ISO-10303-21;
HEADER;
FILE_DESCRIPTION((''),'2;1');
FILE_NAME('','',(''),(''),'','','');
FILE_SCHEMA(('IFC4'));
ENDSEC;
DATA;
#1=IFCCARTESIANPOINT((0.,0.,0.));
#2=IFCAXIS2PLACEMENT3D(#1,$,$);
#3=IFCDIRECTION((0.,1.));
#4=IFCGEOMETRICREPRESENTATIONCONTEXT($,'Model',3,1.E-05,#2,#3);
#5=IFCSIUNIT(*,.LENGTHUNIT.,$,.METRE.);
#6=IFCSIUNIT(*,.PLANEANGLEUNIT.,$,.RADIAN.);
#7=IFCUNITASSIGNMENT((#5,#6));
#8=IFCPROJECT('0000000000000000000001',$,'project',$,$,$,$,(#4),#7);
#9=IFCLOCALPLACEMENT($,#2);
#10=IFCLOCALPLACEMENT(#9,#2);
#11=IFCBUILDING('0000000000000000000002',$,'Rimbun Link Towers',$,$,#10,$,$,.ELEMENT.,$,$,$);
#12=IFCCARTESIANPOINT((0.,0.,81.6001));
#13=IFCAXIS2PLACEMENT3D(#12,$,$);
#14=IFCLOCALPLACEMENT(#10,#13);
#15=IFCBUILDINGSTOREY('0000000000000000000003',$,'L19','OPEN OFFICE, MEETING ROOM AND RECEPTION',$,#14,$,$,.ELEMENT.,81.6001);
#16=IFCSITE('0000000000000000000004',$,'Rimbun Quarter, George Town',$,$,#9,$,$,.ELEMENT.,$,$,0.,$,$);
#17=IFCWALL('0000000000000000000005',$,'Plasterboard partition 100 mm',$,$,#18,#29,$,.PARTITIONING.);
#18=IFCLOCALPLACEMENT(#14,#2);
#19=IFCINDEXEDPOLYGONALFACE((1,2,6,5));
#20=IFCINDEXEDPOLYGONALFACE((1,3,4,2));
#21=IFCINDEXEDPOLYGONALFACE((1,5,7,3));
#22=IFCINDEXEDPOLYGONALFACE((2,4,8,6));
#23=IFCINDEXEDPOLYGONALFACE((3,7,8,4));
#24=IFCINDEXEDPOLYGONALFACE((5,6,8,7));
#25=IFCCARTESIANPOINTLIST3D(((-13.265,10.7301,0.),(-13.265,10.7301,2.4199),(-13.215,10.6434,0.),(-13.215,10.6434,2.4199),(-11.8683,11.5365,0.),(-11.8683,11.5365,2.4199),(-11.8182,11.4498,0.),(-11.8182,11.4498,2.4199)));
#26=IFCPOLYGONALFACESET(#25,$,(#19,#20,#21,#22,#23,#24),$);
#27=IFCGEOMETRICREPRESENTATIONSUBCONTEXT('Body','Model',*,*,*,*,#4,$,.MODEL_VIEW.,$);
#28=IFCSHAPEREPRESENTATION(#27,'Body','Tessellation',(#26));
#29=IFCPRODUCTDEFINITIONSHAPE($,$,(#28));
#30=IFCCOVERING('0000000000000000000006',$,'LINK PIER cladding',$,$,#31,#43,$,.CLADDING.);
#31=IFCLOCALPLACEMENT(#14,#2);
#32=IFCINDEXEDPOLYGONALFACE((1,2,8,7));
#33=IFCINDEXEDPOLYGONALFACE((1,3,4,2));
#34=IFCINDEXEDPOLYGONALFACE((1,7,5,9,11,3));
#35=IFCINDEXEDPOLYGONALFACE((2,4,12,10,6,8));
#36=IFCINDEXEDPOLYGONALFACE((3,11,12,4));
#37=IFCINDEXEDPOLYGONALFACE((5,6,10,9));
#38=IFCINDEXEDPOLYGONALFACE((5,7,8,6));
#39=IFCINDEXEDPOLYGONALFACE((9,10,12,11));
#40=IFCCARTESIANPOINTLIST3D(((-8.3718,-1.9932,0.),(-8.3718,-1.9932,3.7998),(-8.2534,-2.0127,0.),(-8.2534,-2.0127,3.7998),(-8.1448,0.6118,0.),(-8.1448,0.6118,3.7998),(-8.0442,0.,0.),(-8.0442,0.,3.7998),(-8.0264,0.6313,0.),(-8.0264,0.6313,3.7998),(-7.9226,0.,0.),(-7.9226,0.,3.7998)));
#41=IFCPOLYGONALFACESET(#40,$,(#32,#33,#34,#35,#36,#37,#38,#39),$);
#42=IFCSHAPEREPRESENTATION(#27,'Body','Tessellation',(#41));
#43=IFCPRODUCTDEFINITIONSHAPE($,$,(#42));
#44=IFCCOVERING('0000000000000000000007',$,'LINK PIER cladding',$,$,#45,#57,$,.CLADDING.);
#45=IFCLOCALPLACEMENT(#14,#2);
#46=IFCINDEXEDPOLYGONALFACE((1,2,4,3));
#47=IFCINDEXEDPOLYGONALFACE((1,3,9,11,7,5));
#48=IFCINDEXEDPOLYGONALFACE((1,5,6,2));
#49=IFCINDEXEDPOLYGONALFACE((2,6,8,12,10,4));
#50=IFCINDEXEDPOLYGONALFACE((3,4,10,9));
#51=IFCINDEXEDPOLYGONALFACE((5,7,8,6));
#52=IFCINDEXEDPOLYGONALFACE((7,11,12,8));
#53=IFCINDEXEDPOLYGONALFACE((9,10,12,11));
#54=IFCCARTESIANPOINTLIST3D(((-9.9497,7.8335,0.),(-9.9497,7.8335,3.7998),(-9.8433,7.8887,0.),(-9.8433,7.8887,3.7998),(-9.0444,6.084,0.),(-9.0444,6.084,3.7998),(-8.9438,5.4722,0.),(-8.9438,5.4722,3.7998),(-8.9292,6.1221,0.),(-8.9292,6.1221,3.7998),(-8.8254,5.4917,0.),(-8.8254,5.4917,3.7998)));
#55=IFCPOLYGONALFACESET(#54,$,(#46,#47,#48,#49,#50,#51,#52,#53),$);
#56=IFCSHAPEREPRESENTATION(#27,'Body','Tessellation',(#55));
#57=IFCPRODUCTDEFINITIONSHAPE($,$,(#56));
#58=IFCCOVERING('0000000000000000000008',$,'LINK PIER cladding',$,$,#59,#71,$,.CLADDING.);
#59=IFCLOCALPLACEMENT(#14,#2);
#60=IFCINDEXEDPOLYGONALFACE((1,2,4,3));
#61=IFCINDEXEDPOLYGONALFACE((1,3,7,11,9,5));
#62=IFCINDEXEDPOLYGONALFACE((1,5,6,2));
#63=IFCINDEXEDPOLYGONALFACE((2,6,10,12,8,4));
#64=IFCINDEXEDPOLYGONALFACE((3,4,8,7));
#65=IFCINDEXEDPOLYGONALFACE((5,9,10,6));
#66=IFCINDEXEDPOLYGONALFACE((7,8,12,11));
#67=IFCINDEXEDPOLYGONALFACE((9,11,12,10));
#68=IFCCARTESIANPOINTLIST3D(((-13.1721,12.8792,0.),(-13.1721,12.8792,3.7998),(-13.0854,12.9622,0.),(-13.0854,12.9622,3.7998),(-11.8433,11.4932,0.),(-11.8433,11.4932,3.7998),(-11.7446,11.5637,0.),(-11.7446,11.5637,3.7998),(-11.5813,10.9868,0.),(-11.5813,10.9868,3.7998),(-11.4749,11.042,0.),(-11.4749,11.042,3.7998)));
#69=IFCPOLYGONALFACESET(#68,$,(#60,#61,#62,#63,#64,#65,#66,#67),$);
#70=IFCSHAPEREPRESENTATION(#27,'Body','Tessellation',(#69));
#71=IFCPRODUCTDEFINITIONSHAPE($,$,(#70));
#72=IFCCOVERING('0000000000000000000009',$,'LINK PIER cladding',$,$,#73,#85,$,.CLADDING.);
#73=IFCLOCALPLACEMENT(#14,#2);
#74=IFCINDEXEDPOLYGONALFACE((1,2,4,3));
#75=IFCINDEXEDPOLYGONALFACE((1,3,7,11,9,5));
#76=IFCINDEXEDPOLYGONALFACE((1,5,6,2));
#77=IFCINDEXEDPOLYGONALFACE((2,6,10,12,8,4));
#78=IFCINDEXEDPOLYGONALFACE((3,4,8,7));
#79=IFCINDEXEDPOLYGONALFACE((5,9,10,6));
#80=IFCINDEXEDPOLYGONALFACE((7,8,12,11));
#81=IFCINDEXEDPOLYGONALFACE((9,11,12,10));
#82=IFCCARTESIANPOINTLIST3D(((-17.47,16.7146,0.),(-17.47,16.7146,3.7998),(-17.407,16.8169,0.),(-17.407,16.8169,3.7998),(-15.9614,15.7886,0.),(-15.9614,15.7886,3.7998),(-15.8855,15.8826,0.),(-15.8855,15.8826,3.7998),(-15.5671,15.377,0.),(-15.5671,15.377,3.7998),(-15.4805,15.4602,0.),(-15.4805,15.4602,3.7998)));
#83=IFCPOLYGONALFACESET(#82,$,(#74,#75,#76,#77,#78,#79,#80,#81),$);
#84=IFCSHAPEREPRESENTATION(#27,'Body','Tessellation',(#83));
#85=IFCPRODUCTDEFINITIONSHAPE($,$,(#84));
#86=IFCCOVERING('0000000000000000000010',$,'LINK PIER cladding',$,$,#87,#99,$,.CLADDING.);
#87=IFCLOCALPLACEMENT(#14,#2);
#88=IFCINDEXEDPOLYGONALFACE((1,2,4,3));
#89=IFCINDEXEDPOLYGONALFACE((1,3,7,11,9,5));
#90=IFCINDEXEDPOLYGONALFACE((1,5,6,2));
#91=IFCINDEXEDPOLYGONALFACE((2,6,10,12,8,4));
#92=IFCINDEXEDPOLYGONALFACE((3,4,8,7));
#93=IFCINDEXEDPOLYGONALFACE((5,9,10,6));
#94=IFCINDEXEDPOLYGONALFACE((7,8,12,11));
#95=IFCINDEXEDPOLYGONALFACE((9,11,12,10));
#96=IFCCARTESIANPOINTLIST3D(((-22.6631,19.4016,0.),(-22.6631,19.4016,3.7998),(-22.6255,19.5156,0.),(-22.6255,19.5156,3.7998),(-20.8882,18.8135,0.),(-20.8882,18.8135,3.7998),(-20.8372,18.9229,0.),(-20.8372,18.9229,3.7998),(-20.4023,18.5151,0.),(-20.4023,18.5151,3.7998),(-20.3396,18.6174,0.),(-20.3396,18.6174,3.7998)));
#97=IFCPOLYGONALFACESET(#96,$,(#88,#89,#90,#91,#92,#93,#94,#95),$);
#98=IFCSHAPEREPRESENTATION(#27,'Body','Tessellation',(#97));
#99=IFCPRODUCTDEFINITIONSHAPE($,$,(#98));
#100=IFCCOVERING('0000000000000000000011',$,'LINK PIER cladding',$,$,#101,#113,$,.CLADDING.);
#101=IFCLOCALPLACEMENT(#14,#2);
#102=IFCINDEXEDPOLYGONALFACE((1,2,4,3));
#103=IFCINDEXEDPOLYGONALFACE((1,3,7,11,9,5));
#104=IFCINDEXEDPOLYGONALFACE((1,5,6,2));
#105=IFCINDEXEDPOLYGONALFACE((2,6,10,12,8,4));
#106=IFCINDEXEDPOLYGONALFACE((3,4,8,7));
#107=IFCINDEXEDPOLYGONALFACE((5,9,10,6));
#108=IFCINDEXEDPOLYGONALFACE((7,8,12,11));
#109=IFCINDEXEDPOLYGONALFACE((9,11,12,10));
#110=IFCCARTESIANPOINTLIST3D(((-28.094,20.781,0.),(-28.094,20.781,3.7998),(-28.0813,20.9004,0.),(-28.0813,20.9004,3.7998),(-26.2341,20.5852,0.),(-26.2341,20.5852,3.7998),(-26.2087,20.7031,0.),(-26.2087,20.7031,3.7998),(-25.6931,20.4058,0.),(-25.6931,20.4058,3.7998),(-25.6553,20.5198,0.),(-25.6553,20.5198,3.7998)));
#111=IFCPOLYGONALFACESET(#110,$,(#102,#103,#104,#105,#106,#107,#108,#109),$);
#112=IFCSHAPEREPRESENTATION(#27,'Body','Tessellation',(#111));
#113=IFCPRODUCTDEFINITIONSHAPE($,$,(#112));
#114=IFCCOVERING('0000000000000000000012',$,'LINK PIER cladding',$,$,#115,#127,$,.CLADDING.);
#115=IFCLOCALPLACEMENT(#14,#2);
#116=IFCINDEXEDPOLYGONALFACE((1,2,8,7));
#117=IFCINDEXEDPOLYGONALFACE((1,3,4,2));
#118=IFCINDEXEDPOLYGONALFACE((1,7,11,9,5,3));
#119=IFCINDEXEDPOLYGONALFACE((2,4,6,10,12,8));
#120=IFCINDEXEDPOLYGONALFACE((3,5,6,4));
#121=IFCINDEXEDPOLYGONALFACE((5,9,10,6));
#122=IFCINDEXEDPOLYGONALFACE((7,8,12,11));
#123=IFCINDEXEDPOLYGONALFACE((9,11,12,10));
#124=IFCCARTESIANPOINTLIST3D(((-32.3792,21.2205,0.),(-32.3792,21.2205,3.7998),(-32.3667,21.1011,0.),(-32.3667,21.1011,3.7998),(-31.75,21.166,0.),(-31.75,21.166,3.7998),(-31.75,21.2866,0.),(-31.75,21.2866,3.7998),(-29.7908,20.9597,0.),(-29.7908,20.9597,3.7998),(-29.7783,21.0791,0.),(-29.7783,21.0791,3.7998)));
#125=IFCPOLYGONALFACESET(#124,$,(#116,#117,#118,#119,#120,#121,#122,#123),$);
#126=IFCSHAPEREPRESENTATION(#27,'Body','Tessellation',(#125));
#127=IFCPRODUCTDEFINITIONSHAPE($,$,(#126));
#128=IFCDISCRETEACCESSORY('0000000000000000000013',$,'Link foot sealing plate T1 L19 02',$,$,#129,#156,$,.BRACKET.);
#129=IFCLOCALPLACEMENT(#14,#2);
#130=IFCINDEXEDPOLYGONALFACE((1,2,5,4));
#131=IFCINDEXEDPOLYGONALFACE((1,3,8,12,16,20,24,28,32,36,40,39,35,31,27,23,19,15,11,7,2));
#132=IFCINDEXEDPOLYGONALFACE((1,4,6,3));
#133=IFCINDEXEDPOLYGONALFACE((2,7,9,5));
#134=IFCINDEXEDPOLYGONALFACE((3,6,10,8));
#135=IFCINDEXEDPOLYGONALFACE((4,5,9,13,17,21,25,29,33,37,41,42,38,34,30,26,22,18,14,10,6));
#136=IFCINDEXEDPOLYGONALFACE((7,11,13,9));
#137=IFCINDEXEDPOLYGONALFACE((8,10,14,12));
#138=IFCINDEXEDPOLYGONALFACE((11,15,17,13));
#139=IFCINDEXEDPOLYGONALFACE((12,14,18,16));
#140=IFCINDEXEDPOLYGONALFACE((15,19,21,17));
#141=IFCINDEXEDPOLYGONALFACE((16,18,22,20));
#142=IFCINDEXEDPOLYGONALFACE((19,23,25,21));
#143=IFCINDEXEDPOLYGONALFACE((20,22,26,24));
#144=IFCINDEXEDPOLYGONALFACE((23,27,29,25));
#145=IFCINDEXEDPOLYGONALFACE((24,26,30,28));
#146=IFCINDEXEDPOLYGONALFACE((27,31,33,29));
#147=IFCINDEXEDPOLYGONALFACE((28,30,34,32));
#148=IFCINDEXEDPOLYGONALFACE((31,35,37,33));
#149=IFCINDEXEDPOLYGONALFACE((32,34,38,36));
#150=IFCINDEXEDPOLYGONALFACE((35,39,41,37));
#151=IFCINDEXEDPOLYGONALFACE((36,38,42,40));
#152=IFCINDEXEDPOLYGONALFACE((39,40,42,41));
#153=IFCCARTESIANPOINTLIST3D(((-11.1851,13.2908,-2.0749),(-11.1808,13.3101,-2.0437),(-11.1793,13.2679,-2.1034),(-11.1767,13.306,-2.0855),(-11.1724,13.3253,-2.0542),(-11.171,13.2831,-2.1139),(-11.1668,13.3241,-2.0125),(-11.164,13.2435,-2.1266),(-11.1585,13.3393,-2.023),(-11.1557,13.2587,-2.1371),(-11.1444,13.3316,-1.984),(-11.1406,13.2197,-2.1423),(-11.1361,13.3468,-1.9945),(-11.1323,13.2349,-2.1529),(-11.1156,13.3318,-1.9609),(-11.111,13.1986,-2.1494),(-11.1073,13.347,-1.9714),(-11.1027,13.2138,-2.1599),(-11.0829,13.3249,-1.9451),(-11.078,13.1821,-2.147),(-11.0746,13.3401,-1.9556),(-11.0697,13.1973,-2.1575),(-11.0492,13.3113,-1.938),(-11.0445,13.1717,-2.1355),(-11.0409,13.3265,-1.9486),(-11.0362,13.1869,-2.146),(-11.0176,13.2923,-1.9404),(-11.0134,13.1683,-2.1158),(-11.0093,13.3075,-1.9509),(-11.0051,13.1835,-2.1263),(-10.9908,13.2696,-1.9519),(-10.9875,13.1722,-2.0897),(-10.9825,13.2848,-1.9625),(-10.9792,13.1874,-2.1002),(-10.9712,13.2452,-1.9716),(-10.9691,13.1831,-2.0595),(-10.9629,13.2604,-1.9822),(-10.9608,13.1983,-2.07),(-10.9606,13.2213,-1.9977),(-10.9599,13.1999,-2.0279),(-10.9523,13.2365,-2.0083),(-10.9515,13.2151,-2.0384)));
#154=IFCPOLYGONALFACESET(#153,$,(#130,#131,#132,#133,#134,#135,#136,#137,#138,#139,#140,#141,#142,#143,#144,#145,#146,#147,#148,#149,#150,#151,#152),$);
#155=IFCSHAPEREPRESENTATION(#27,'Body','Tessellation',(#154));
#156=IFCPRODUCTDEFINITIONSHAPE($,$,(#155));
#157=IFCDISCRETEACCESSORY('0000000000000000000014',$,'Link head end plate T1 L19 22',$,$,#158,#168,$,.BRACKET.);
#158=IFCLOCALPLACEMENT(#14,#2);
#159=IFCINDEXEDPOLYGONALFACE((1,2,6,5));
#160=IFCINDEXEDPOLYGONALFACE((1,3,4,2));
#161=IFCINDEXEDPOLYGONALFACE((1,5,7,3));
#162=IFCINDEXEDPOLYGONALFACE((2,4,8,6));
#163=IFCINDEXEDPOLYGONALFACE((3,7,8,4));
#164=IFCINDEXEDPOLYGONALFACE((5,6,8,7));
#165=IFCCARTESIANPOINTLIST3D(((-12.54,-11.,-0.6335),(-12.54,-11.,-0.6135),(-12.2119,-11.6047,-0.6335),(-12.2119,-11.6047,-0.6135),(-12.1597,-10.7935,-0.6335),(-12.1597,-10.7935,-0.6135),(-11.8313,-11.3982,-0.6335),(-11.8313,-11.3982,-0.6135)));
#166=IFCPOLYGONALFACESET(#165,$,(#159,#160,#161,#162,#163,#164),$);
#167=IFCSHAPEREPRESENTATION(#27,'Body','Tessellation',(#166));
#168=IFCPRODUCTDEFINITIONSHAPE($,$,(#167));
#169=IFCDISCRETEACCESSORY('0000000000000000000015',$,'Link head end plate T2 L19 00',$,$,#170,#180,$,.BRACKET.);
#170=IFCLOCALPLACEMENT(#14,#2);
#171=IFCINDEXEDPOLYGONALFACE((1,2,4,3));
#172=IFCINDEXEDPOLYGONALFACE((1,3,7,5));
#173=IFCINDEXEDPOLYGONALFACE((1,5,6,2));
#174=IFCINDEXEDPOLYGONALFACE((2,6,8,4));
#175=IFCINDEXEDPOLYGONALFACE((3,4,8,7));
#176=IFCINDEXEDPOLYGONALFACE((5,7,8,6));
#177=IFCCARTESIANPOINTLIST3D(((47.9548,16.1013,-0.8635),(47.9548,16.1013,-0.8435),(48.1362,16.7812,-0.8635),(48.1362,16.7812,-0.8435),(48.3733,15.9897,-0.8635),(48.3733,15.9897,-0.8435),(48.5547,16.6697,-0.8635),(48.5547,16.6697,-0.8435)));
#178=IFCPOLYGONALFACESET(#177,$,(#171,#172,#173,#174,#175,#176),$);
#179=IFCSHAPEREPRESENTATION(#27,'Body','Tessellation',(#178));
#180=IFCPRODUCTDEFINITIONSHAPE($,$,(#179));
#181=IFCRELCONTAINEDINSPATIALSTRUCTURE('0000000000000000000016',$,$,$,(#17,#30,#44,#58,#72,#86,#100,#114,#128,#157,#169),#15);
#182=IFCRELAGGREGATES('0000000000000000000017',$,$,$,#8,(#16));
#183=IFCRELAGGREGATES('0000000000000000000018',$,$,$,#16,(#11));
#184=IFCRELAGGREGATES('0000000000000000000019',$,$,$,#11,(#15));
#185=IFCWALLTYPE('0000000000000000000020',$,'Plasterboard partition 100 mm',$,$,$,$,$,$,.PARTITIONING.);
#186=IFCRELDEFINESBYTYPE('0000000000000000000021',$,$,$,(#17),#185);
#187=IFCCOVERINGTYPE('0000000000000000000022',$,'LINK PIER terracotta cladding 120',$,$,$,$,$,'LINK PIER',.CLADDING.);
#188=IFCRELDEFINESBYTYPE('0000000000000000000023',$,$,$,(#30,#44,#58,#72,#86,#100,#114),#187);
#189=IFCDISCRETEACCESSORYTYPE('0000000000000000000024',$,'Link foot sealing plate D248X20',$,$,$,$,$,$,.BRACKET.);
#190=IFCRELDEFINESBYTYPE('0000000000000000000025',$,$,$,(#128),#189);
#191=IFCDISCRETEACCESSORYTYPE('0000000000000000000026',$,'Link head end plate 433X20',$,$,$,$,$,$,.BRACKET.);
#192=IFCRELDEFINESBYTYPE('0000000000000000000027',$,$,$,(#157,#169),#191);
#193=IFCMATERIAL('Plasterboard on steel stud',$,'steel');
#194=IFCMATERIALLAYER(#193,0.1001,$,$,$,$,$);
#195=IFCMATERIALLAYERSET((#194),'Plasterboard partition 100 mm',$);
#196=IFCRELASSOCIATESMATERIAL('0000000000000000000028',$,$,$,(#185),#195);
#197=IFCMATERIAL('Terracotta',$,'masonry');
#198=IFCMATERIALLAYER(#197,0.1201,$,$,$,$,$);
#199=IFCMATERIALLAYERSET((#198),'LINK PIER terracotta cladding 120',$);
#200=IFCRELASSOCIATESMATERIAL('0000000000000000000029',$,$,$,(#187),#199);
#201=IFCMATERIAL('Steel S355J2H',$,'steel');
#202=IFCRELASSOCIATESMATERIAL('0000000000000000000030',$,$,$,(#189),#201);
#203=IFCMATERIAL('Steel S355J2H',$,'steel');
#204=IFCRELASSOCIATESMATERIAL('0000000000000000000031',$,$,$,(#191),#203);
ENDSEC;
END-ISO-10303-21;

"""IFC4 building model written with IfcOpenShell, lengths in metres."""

from ifc_helpers import new_model, si_unit, direction, frame, frame_2d, origin, origin_2d, place, context, subcontext, project, spatial, polyline, rectangle, circle, outline, extrude, material, layer, layer_set, material_profile, profile_set, type_object, element, save


model = new_model("IFC4")

# Units and contexts
model_context = context("Model", 3, precision=1e-05, world=origin(), true_north=direction((0.0, 1.0)))
body_context = subcontext(model_context, "Body", "Model", "MODEL_VIEW")
ifc_project = project(units=[si_unit("LENGTHUNIT", "METRE"), si_unit("PLANEANGLEUNIT", "RADIAN")], contexts=[model_context])

# Site, building, storey
site_placement = place(None, origin())
site = spatial("IfcSite", under=ifc_project, at=site_placement, Name="Rimbun Quarter, George Town", CompositionType="ELEMENT", RefElevation=0.0)
building_placement = place(site_placement, origin())
building = spatial("IfcBuilding", under=site, at=building_placement, Name="Rimbun Link Towers", CompositionType="ELEMENT")
storey_placement = place(building_placement, frame((0.0, 0.0, 81.6001)))
storey = spatial("IfcBuildingStorey", under=building, at=storey_placement, Name="L19", Description="OPEN OFFICE, MEETING ROOM AND RECEPTION", CompositionType="ELEMENT", Elevation=81.6001)

# Wall
ifc_material_1 = material(Name="Plasterboard on steel stud", Category="steel")
ifc_layer_1 = layer(ifc_material_1, 0.1001)
ifc_layer_set_1 = layer_set([ifc_layer_1], Name="Plasterboard partition 100 mm")
wall_type = type_object("IfcWallType", Name="Plasterboard partition 100 mm", PredefinedType="PARTITIONING", material=ifc_layer_set_1)
wall_placement = place(storey_placement, frame((-11.8433, 11.4932, 0.0), z_axis=(0.0, 0.0, 1.0), x_axis=(-0.866027, -0.499998, 0.0)))
element("IfcWall", 1, at=wall_placement, inside=storey, type_object=wall_type, Name="Plasterboard partition 100 mm", PredefinedType="PARTITIONING", context=body_context, shape_type="SweptSolid", body=[
    extrude(rectangle(XDim=1.6128, YDim=0.1001, at=frame_2d((0.8064, 0.0))), origin(), (0.0, 0.0, 1.0), 2.4199),
])

# Coverings
ifc_material_2 = material(Name="Terracotta", Category="masonry")
ifc_layer_2 = layer(ifc_material_2, 0.1201)
ifc_layer_set_2 = layer_set([ifc_layer_2], Name="LINK PIER terracotta cladding 120")
covering_type_1 = type_object("IfcCoveringType", Name="LINK PIER terracotta cladding 120", ElementType="LINK PIER", PredefinedType="CLADDING", material=ifc_layer_set_2)
covering_1_placement = place(storey_placement, origin())
element("IfcCovering", 2, at=covering_1_placement, inside=storey, type_object=covering_type_1, Name="LINK PIER cladding", PredefinedType="CLADDING", context=body_context, shape_type="SweptSolid", body=[
    extrude(outline(polyline([(-8.1448, 0.6118), (-8.0442, 0.0), (-8.3718, -1.9932), (-8.2534, -2.0127), (-7.9226, 0.0), (-8.0264, 0.6313), (-8.1448, 0.6118)])), origin(), (0.0, 0.0, 1.0), 3.7998),
])
covering_2_placement = place(storey_placement, origin())
element("IfcCovering", 3, at=covering_2_placement, inside=storey, type_object=covering_type_1, Name="LINK PIER cladding", PredefinedType="CLADDING", context=body_context, shape_type="SweptSolid", body=[
    extrude(outline(polyline([(-9.9497, 7.8335), (-9.0444, 6.084), (-8.9438, 5.4722), (-8.8254, 5.4917), (-8.9292, 6.1221), (-9.8433, 7.8887), (-9.9497, 7.8335)])), origin(), (0.0, 0.0, 1.0), 3.7998),
])
covering_3_placement = place(storey_placement, origin())
element("IfcCovering", 4, at=covering_3_placement, inside=storey, type_object=covering_type_1, Name="LINK PIER cladding", PredefinedType="CLADDING", context=body_context, shape_type="SweptSolid", body=[
    extrude(outline(polyline([(-13.1721, 12.8792), (-11.8433, 11.4932), (-11.5813, 10.9868), (-11.4749, 11.042), (-11.7446, 11.5637), (-13.0854, 12.9622), (-13.1721, 12.8792)])), origin(), (0.0, 0.0, 1.0), 3.7998),
])
covering_4_placement = place(storey_placement, origin())
element("IfcCovering", 5, at=covering_4_placement, inside=storey, type_object=covering_type_1, Name="LINK PIER cladding", PredefinedType="CLADDING", context=body_context, shape_type="SweptSolid", body=[
    extrude(outline(polyline([(-17.47, 16.7146), (-15.9614, 15.7886), (-15.5671, 15.377), (-15.4805, 15.4602), (-15.8855, 15.8826), (-17.407, 16.8169), (-17.47, 16.7146)])), origin(), (0.0, 0.0, 1.0), 3.7998),
])
covering_5_placement = place(storey_placement, origin())
element("IfcCovering", 6, at=covering_5_placement, inside=storey, type_object=covering_type_1, Name="LINK PIER cladding", PredefinedType="CLADDING", context=body_context, shape_type="SweptSolid", body=[
    extrude(outline(polyline([(-22.6631, 19.4016), (-20.8882, 18.8135), (-20.4023, 18.5151), (-20.3396, 18.6174), (-20.8372, 18.9229), (-22.6255, 19.5156), (-22.6631, 19.4016)])), origin(), (0.0, 0.0, 1.0), 3.7998),
])
covering_6_placement = place(storey_placement, origin())
element("IfcCovering", 7, at=covering_6_placement, inside=storey, type_object=covering_type_1, Name="LINK PIER cladding", PredefinedType="CLADDING", context=body_context, shape_type="SweptSolid", body=[
    extrude(outline(polyline([(-28.094, 20.781), (-26.2341, 20.5852), (-25.6931, 20.4058), (-25.6553, 20.5198), (-26.2087, 20.7031), (-28.0813, 20.9004), (-28.094, 20.781)])), origin(), (0.0, 0.0, 1.0), 3.7998),
])
covering_7_placement = place(storey_placement, origin())
element("IfcCovering", 8, at=covering_7_placement, inside=storey, type_object=covering_type_1, Name="LINK PIER cladding", PredefinedType="CLADDING", context=body_context, shape_type="SweptSolid", body=[
    extrude(outline(polyline([(-32.3667, 21.1011), (-31.75, 21.166), (-29.7908, 20.9597), (-29.7783, 21.0791), (-31.75, 21.2866), (-32.3792, 21.2205), (-32.3667, 21.1011)])), origin(), (0.0, 0.0, 1.0), 3.7998),
])

# Discrete accessories
ifc_material_3 = material(Name="Steel S355J2H", Category="steel")
ifc_material_profile_1 = material_profile(ifc_material_3, circle(Radius=0.124, at=origin_2d()), Name="PL D248")
ifc_profile_set_1 = profile_set([ifc_material_profile_1], Name="Steel S355J2H")
discrete_accessory_type_1 = type_object("IfcDiscreteAccessoryType", Name="Link foot sealing plate D248X20", PredefinedType="BRACKET", material=ifc_profile_set_1)
discrete_accessory_1_placement = place(storey_placement, frame((-11.072, 13.2505, -2.0437), z_axis=(0.410833, 0.749166, -0.519583), x_axis=(-0.876812, 0.480833, 0.0)))
element("IfcDiscreteAccessory", 9, at=discrete_accessory_1_placement, inside=storey, type_object=discrete_accessory_type_1, Name="Link foot sealing plate T1 L19 02", PredefinedType="BRACKET", context=body_context, shape_type="SweptSolid", body=[
    extrude(circle(Radius=0.124, at=origin_2d()), origin(), (0.0, 0.0, 1.0), 0.0203),
])
ifc_material_4 = material(Name="Steel S355J2H", Category="steel")
ifc_material_profile_2 = material_profile(ifc_material_4, rectangle(XDim=0.4331, YDim=0.4331, at=origin_2d()), Name="PL 433x433")
ifc_profile_set_2 = profile_set([ifc_material_profile_2], Name="Steel S355J2H")
discrete_accessory_type_2 = type_object("IfcDiscreteAccessoryType", Name="Link head end plate 433X20", PredefinedType="BRACKET", material=ifc_profile_set_2)
discrete_accessory_2_placement = place(storey_placement, frame((0.0, 0.0, -0.6335)))
element("IfcDiscreteAccessory", 10, at=discrete_accessory_2_placement, inside=storey, type_object=discrete_accessory_type_2, Name="Link head end plate T1 L19 22", PredefinedType="BRACKET", context=body_context, shape_type="SweptSolid", body=[
    extrude(outline(polyline([(-12.54, -11.0), (-12.2119, -11.6047), (-11.8313, -11.3982), (-12.1597, -10.7935), (-12.54, -11.0)])), origin(), (0.0, 0.0, 1.0), 0.02),
])
discrete_accessory_3_placement = place(storey_placement, frame((0.0, 0.0, -0.8635)))
element("IfcDiscreteAccessory", 11, at=discrete_accessory_3_placement, inside=storey, type_object=discrete_accessory_type_2, Name="Link head end plate T2 L19 00", PredefinedType="BRACKET", context=body_context, shape_type="SweptSolid", body=[
    extrude(outline(polyline([(48.3733, 15.9897), (48.5547, 16.6697), (48.1362, 16.7812), (47.9548, 16.1013), (48.3733, 15.9897)])), origin(), (0.0, 0.0, 1.0), 0.02),
])

save(model, "model.ifc")
